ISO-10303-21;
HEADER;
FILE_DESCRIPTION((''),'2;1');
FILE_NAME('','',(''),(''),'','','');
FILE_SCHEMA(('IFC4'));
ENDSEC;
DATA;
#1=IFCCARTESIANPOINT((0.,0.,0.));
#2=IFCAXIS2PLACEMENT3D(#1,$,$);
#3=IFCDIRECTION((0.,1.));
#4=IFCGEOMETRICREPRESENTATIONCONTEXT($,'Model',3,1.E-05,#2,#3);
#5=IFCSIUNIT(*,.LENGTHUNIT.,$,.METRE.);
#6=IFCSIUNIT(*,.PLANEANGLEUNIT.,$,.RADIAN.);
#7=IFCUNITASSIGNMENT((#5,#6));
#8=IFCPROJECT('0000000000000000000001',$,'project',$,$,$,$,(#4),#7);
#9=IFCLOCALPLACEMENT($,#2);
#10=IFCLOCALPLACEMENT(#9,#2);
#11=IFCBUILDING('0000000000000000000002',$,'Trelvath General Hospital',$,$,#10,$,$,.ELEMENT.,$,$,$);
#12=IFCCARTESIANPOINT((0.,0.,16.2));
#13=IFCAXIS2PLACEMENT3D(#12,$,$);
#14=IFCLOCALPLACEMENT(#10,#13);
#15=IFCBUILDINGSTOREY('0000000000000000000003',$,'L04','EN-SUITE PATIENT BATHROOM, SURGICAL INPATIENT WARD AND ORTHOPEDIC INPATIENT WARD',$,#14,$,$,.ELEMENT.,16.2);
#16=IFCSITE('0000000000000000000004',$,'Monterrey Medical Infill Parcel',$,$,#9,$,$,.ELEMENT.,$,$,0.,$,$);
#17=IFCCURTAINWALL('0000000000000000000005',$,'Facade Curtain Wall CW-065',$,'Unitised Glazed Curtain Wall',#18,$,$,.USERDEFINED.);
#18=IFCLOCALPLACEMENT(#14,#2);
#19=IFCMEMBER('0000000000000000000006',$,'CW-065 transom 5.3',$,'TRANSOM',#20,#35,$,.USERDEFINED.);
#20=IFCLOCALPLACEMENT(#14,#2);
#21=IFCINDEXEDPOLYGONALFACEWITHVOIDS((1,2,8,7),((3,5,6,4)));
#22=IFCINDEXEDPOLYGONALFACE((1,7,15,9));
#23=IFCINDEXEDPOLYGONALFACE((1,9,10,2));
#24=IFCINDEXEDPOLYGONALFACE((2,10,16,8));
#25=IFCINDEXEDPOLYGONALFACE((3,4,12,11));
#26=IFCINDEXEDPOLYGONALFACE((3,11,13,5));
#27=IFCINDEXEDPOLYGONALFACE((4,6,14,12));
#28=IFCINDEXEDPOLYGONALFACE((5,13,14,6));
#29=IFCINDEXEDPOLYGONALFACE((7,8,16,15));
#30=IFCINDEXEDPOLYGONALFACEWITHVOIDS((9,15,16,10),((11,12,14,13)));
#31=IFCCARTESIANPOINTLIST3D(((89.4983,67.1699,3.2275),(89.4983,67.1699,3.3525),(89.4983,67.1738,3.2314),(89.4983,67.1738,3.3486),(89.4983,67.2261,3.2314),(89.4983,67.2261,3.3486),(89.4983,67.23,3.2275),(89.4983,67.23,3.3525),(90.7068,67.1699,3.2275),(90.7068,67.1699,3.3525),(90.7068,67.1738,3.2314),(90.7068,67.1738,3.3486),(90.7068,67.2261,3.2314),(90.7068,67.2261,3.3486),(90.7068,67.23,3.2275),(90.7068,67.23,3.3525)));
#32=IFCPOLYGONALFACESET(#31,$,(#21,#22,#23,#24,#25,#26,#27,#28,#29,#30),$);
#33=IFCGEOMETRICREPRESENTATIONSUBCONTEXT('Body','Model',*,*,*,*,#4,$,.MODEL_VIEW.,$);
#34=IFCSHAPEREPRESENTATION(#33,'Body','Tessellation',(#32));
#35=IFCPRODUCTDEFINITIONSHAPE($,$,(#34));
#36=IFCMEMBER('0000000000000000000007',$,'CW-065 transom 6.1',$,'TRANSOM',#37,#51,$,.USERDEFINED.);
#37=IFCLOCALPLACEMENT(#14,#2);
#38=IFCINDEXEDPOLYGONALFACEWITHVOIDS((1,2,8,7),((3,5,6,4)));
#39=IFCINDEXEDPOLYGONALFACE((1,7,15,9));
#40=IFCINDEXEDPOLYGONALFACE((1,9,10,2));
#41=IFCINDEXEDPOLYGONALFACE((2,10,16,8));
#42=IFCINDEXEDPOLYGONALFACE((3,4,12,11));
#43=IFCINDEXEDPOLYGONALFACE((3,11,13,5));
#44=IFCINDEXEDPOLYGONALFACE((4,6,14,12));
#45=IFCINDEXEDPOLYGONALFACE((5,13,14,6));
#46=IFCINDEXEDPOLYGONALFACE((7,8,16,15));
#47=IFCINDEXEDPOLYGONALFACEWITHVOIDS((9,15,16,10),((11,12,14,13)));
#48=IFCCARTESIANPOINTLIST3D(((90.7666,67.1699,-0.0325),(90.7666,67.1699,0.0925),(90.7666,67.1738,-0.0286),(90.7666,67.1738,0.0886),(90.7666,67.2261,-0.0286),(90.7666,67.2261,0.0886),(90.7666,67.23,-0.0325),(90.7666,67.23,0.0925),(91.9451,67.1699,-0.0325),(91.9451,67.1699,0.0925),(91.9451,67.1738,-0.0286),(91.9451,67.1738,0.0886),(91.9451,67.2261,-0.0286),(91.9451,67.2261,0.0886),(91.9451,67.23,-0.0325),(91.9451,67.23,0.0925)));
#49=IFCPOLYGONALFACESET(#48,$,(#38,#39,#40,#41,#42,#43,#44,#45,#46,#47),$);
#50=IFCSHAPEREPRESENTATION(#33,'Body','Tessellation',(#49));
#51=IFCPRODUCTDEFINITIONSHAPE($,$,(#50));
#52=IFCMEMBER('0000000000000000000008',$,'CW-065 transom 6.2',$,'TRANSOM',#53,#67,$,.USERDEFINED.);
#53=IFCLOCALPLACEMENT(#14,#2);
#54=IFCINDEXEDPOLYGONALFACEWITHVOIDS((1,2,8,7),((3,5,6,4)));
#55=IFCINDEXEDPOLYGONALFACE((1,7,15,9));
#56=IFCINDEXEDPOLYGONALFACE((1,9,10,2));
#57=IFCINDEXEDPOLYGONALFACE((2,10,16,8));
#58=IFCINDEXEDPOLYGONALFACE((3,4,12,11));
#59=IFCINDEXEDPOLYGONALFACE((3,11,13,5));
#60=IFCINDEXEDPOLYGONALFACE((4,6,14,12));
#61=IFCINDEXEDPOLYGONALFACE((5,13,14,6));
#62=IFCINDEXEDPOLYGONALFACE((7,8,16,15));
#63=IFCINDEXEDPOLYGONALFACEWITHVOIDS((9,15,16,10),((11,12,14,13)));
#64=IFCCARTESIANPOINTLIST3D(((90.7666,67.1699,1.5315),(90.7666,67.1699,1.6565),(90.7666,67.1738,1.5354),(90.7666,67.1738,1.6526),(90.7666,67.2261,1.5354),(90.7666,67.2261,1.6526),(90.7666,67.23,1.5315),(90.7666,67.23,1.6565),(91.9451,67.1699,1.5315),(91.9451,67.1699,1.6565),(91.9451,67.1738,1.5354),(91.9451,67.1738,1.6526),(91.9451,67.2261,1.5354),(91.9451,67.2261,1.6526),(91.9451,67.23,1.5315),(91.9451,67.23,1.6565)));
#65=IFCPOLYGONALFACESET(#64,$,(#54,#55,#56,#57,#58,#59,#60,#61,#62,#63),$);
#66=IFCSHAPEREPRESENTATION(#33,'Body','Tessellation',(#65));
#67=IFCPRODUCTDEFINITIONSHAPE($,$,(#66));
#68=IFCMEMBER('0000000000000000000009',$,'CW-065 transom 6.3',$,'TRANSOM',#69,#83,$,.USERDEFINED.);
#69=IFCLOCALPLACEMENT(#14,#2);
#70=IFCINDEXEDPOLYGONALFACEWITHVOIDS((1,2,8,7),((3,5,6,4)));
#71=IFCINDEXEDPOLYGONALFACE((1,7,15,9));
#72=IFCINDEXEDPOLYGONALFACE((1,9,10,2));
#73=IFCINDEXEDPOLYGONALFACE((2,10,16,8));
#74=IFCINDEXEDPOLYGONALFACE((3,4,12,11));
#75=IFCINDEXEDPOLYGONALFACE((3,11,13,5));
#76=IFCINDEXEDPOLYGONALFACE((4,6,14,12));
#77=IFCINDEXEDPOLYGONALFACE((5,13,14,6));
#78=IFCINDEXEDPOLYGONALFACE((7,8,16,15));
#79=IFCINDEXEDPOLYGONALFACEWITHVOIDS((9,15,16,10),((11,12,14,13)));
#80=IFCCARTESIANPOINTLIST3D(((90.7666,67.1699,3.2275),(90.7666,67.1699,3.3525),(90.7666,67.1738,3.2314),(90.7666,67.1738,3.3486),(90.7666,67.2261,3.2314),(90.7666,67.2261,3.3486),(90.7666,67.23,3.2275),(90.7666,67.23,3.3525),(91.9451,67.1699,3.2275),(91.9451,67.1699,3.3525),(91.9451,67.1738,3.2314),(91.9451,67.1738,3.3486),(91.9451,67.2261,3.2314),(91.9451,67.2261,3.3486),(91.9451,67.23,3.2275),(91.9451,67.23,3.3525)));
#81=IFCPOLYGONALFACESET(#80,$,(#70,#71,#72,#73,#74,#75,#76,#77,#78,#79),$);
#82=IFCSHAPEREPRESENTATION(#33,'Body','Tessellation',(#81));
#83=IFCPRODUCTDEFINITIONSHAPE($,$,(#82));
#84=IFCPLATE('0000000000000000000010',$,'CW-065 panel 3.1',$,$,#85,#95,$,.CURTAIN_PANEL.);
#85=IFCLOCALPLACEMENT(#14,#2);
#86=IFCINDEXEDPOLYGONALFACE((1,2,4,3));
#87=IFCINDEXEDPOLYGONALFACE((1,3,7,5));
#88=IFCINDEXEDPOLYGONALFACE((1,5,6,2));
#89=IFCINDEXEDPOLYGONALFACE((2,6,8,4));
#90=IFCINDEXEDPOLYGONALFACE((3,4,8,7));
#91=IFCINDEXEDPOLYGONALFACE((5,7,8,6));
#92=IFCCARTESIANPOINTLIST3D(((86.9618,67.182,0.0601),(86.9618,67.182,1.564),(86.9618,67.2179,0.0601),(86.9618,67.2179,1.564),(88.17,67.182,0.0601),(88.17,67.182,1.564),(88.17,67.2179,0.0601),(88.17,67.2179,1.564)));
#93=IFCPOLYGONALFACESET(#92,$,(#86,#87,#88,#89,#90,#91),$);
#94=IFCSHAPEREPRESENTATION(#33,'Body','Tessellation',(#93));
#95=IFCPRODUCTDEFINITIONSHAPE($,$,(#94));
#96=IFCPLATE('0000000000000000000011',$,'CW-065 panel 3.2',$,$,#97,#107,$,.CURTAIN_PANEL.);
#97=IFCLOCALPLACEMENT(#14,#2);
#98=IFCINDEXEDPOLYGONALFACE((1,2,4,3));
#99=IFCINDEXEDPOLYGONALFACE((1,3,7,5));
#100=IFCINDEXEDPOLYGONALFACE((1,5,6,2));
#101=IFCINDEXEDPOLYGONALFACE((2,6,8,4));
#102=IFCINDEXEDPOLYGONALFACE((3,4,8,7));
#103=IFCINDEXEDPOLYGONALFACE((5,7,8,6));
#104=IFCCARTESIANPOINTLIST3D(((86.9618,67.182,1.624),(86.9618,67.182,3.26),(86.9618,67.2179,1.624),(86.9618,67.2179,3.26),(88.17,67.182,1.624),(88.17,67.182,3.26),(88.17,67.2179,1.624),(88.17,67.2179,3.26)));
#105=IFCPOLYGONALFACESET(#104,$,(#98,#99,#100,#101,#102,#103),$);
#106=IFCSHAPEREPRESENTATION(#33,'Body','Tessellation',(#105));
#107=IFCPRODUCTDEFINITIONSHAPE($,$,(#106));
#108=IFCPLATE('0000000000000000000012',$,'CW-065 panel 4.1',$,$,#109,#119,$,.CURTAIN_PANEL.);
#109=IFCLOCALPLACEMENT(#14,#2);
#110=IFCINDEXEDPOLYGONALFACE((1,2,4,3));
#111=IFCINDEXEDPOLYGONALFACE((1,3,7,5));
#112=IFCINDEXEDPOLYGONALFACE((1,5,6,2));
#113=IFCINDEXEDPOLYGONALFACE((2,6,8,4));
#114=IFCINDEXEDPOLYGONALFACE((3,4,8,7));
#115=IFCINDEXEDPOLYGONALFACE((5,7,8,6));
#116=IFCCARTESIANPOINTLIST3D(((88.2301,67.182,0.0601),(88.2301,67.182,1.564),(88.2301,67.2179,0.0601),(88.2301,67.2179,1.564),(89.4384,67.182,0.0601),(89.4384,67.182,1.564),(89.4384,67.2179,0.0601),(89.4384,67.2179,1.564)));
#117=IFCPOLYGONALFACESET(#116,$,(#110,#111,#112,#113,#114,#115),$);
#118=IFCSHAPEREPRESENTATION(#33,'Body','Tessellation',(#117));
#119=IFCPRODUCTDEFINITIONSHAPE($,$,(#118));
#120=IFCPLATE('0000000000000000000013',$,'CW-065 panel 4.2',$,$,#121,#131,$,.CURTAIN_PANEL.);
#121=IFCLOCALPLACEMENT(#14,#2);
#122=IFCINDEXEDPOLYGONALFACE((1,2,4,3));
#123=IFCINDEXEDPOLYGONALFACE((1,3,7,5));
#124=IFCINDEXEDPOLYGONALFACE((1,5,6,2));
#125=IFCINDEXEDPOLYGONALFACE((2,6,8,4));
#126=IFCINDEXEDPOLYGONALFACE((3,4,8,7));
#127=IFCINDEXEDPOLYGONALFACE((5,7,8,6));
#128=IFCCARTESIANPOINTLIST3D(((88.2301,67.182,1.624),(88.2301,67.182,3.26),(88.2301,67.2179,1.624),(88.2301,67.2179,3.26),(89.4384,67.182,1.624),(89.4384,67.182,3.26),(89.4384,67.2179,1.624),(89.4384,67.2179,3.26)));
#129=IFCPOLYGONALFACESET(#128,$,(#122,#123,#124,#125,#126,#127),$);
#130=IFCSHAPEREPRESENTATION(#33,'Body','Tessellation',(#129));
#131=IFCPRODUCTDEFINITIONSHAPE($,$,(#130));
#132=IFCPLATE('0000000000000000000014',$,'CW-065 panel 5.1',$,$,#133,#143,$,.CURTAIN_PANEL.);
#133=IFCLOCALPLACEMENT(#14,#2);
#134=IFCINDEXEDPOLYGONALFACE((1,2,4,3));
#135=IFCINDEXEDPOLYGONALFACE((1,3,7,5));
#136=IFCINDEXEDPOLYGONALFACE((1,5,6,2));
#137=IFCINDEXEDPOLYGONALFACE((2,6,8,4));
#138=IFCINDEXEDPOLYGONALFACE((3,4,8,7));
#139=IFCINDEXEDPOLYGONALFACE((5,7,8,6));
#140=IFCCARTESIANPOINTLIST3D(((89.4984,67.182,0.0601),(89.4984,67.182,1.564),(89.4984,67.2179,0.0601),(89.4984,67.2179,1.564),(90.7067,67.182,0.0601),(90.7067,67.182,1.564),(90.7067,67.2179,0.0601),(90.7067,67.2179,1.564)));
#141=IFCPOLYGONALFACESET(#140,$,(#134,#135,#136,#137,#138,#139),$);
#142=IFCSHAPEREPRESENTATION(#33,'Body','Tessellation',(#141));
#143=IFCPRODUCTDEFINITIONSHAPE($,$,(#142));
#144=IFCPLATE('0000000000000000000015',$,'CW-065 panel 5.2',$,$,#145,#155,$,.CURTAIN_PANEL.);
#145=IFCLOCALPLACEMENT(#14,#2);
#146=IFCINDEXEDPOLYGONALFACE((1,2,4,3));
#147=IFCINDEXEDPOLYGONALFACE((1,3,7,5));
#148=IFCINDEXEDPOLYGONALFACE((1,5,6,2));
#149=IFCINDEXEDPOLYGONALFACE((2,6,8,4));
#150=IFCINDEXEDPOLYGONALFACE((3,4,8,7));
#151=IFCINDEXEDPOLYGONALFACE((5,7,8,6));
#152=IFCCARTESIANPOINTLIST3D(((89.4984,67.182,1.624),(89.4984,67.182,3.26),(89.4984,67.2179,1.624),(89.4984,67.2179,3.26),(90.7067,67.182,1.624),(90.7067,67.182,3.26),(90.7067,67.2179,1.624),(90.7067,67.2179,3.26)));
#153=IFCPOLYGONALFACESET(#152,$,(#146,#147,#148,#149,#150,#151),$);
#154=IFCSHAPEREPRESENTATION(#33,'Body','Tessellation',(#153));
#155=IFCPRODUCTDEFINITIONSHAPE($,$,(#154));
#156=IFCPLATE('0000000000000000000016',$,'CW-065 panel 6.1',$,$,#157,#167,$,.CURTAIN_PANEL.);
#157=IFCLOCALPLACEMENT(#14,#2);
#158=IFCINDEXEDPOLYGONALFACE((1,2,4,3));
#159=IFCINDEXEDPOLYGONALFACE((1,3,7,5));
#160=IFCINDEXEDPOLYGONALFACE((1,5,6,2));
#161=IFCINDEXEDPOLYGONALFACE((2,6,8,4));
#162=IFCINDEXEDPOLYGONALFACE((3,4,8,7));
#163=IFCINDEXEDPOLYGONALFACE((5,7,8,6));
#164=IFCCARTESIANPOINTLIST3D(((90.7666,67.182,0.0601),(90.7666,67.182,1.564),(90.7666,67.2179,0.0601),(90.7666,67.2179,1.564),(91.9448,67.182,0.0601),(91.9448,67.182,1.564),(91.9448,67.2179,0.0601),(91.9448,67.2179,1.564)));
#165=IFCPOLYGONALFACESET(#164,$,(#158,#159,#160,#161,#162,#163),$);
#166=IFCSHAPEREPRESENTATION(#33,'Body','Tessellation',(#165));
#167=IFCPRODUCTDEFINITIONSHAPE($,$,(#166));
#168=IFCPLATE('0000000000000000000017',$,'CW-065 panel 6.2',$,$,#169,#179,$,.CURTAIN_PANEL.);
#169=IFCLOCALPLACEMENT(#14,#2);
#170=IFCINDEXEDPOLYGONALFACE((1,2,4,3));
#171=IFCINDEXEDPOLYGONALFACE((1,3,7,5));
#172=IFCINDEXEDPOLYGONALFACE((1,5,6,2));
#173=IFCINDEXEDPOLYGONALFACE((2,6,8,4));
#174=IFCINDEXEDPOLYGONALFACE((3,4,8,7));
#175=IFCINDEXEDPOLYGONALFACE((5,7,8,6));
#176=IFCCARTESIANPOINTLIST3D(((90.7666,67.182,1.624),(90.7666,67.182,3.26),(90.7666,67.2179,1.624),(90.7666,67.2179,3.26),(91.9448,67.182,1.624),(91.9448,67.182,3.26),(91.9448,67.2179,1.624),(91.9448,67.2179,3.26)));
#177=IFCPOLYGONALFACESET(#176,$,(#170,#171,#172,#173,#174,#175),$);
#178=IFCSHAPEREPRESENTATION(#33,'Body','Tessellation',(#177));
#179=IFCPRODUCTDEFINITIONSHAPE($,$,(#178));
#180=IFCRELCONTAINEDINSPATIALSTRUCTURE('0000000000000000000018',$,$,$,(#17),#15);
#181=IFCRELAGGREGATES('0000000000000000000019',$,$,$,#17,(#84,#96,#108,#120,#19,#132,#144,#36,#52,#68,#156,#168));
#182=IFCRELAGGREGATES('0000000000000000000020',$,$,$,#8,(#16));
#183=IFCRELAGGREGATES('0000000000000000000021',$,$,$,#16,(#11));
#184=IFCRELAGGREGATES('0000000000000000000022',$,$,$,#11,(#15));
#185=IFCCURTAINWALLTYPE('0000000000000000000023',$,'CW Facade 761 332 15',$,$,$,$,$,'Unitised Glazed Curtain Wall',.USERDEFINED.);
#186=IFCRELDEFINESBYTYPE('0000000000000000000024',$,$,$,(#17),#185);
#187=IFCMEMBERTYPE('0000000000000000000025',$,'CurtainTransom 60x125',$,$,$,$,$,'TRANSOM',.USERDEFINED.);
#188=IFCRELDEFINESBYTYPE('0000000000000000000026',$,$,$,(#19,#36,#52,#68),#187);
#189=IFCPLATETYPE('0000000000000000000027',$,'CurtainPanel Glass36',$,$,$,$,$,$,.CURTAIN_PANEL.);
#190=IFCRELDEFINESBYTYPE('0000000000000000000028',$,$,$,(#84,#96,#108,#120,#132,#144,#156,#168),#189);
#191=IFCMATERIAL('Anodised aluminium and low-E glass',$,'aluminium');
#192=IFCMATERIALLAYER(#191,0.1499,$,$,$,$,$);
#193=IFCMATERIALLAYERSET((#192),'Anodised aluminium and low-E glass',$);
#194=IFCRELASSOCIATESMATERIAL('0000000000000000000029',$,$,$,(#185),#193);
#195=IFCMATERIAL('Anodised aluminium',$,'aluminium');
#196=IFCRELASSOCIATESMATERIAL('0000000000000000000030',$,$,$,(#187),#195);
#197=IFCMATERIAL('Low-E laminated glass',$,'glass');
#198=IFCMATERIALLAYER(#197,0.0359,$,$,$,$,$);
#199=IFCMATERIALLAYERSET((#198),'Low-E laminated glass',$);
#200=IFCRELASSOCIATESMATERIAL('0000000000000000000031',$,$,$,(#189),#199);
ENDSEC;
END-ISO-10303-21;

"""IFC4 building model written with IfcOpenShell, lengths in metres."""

from ifc_helpers import new_model, si_unit, direction, frame, origin, origin_2d, place, context, subcontext, project, spatial, rectangle, hollow_rectangle, extrude, material, layer, layer_set, material_profile, profile_set, type_object, element, aggregate, save


model = new_model("IFC4")

# Units and contexts
model_context = context("Model", 3, precision=1e-05, world=origin(), true_north=direction((0.0, 1.0)))
body_context = subcontext(model_context, "Body", "Model", "MODEL_VIEW")
ifc_project = project(units=[si_unit("LENGTHUNIT", "METRE"), si_unit("PLANEANGLEUNIT", "RADIAN")], contexts=[model_context])

# Site, building, storey
site_placement = place(None, origin())
site = spatial("IfcSite", under=ifc_project, at=site_placement, Name="Monterrey Medical Infill Parcel", CompositionType="ELEMENT", RefElevation=0.0)
building_placement = place(site_placement, origin())
building = spatial("IfcBuilding", under=site, at=building_placement, Name="Trelvath General Hospital", CompositionType="ELEMENT")
storey_placement = place(building_placement, frame((0.0, 0.0, 16.2)))
storey = spatial("IfcBuildingStorey", under=building, at=storey_placement, Name="L04", Description="EN-SUITE PATIENT BATHROOM, SURGICAL INPATIENT WARD AND ORTHOPEDIC INPATIENT WARD", CompositionType="ELEMENT", Elevation=16.2)

# Curtain wall, members, plates
ifc_material_1 = material(Name="Anodised aluminium and low-E glass", Category="aluminium")
ifc_layer_1 = layer(ifc_material_1, 0.1499)
ifc_layer_set_1 = layer_set([ifc_layer_1], Name="Anodised aluminium and low-E glass")
curtain_wall_type = type_object("IfcCurtainWallType", Name="CW Facade 761 332 15", ElementType="Unitised Glazed Curtain Wall", PredefinedType="USERDEFINED", material=ifc_layer_set_1)
curtain_wall_placement = place(storey_placement, origin())
curtain_wall = element("IfcCurtainWall", 1, at=curtain_wall_placement, inside=storey, type_object=curtain_wall_type, Name="Facade Curtain Wall CW-065", ObjectType="Unitised Glazed Curtain Wall", PredefinedType="USERDEFINED")
ifc_material_2 = material(Name="Anodised aluminium", Category="aluminium")
ifc_material_profile_1 = material_profile(ifc_material_2, hollow_rectangle(XDim=0.0601, YDim=0.125, WallThickness=0.0039, at=origin_2d()), Name="RHS60x125x4")
ifc_profile_set_1 = profile_set([ifc_material_profile_1], Name="Anodised aluminium")
member_type_1 = type_object("IfcMemberType", Name="CurtainTransom 60x125", ElementType="TRANSOM", PredefinedType="USERDEFINED", material=ifc_profile_set_1)
member_1_placement = place(storey_placement, frame((89.4983, 67.2, 3.29), z_axis=(1.0, 0.0, 0.0), x_axis=(0.0, 1.0, 0.0)))
member_1 = element("IfcMember", 2, at=member_1_placement, type_object=member_type_1, Name="CW-065 transom 5.3", ObjectType="TRANSOM", PredefinedType="USERDEFINED", context=body_context, shape_type="SweptSolid", body=[
    extrude(hollow_rectangle(XDim=0.0601, YDim=0.125, WallThickness=0.0039, at=origin_2d()), origin(), (0.0, 0.0, 1.0), 1.2085),
])
member_2_placement = place(storey_placement, frame((90.7666, 67.2, 0.03), z_axis=(1.0, 0.0, 0.0), x_axis=(0.0, 1.0, 0.0)))
member_2 = element("IfcMember", 3, at=member_2_placement, type_object=member_type_1, Name="CW-065 transom 6.1", ObjectType="TRANSOM", PredefinedType="USERDEFINED", context=body_context, shape_type="SweptSolid", body=[
    extrude(hollow_rectangle(XDim=0.0601, YDim=0.125, WallThickness=0.0039, at=origin_2d()), origin(), (0.0, 0.0, 1.0), 1.1785),
])
member_3_placement = place(storey_placement, frame((90.7666, 67.2, 1.594), z_axis=(1.0, 0.0, 0.0), x_axis=(0.0, 1.0, 0.0)))
member_3 = element("IfcMember", 4, at=member_3_placement, type_object=member_type_1, Name="CW-065 transom 6.2", ObjectType="TRANSOM", PredefinedType="USERDEFINED", context=body_context, shape_type="SweptSolid", body=[
    extrude(hollow_rectangle(XDim=0.0601, YDim=0.125, WallThickness=0.0039, at=origin_2d()), origin(), (0.0, 0.0, 1.0), 1.1785),
])
member_4_placement = place(storey_placement, frame((90.7666, 67.2, 3.29), z_axis=(1.0, 0.0, 0.0), x_axis=(0.0, 1.0, 0.0)))
member_4 = element("IfcMember", 5, at=member_4_placement, type_object=member_type_1, Name="CW-065 transom 6.3", ObjectType="TRANSOM", PredefinedType="USERDEFINED", context=body_context, shape_type="SweptSolid", body=[
    extrude(hollow_rectangle(XDim=0.0601, YDim=0.125, WallThickness=0.0039, at=origin_2d()), origin(), (0.0, 0.0, 1.0), 1.1785),
])
ifc_material_3 = material(Name="Low-E laminated glass", Category="glass")
ifc_layer_2 = layer(ifc_material_3, 0.0359)
ifc_layer_set_2 = layer_set([ifc_layer_2], Name="Low-E laminated glass")
plate_type = type_object("IfcPlateType", Name="CurtainPanel Glass36", PredefinedType="CURTAIN_PANEL", material=ifc_layer_set_2)
plate_1_placement = place(storey_placement, frame((87.5659, 67.2, 0.0601), z_axis=(0.0, 0.0, 1.0), x_axis=(1.0, 0.0, 0.0)))
plate_1 = element("IfcPlate", 6, at=plate_1_placement, type_object=plate_type, Name="CW-065 panel 3.1", PredefinedType="CURTAIN_PANEL", context=body_context, shape_type="SweptSolid", body=[
    extrude(rectangle(XDim=1.2083, YDim=0.0359, at=origin_2d()), origin(), (0.0, 0.0, 1.0), 1.5039),
])
plate_2_placement = place(storey_placement, frame((87.5659, 67.2, 1.624), z_axis=(0.0, 0.0, 1.0), x_axis=(1.0, 0.0, 0.0)))
plate_2 = element("IfcPlate", 7, at=plate_2_placement, type_object=plate_type, Name="CW-065 panel 3.2", PredefinedType="CURTAIN_PANEL", context=body_context, shape_type="SweptSolid", body=[
    extrude(rectangle(XDim=1.2083, YDim=0.0359, at=origin_2d()), origin(), (0.0, 0.0, 1.0), 1.636),
])
plate_3_placement = place(storey_placement, frame((88.8342, 67.2, 0.0601), z_axis=(0.0, 0.0, 1.0), x_axis=(1.0, 0.0, 0.0)))
plate_3 = element("IfcPlate", 8, at=plate_3_placement, type_object=plate_type, Name="CW-065 panel 4.1", PredefinedType="CURTAIN_PANEL", context=body_context, shape_type="SweptSolid", body=[
    extrude(rectangle(XDim=1.2083, YDim=0.0359, at=origin_2d()), origin(), (0.0, 0.0, 1.0), 1.5039),
])
plate_4_placement = place(storey_placement, frame((88.8342, 67.2, 1.624), z_axis=(0.0, 0.0, 1.0), x_axis=(1.0, 0.0, 0.0)))
plate_4 = element("IfcPlate", 9, at=plate_4_placement, type_object=plate_type, Name="CW-065 panel 4.2", PredefinedType="CURTAIN_PANEL", context=body_context, shape_type="SweptSolid", body=[
    extrude(rectangle(XDim=1.2083, YDim=0.0359, at=origin_2d()), origin(), (0.0, 0.0, 1.0), 1.636),
])
plate_5_placement = place(storey_placement, frame((90.1025, 67.2, 0.0601), z_axis=(0.0, 0.0, 1.0), x_axis=(1.0, 0.0, 0.0)))
plate_5 = element("IfcPlate", 10, at=plate_5_placement, type_object=plate_type, Name="CW-065 panel 5.1", PredefinedType="CURTAIN_PANEL", context=body_context, shape_type="SweptSolid", body=[
    extrude(rectangle(XDim=1.2083, YDim=0.0359, at=origin_2d()), origin(), (0.0, 0.0, 1.0), 1.5039),
])
plate_6_placement = place(storey_placement, frame((90.1025, 67.2, 1.624), z_axis=(0.0, 0.0, 1.0), x_axis=(1.0, 0.0, 0.0)))
plate_6 = element("IfcPlate", 11, at=plate_6_placement, type_object=plate_type, Name="CW-065 panel 5.2", PredefinedType="CURTAIN_PANEL", context=body_context, shape_type="SweptSolid", body=[
    extrude(rectangle(XDim=1.2083, YDim=0.0359, at=origin_2d()), origin(), (0.0, 0.0, 1.0), 1.636),
])
plate_7_placement = place(storey_placement, frame((91.3557, 67.2, 0.0601), z_axis=(0.0, 0.0, 1.0), x_axis=(1.0, 0.0, 0.0)))
plate_7 = element("IfcPlate", 12, at=plate_7_placement, type_object=plate_type, Name="CW-065 panel 6.1", PredefinedType="CURTAIN_PANEL", context=body_context, shape_type="SweptSolid", body=[
    extrude(rectangle(XDim=1.1782, YDim=0.0359, at=origin_2d()), origin(), (0.0, 0.0, 1.0), 1.5039),
])
plate_8_placement = place(storey_placement, frame((91.3557, 67.2, 1.624), z_axis=(0.0, 0.0, 1.0), x_axis=(1.0, 0.0, 0.0)))
plate_8 = element("IfcPlate", 13, at=plate_8_placement, type_object=plate_type, Name="CW-065 panel 6.2", PredefinedType="CURTAIN_PANEL", context=body_context, shape_type="SweptSolid", body=[
    extrude(rectangle(XDim=1.1782, YDim=0.0359, at=origin_2d()), origin(), (0.0, 0.0, 1.0), 1.636),
])
aggregate(curtain_wall, [plate_1, plate_2, plate_3, plate_4, member_1, plate_5, plate_6, member_2, member_3, member_4, plate_7, plate_8])

save(model, "model.ifc")
